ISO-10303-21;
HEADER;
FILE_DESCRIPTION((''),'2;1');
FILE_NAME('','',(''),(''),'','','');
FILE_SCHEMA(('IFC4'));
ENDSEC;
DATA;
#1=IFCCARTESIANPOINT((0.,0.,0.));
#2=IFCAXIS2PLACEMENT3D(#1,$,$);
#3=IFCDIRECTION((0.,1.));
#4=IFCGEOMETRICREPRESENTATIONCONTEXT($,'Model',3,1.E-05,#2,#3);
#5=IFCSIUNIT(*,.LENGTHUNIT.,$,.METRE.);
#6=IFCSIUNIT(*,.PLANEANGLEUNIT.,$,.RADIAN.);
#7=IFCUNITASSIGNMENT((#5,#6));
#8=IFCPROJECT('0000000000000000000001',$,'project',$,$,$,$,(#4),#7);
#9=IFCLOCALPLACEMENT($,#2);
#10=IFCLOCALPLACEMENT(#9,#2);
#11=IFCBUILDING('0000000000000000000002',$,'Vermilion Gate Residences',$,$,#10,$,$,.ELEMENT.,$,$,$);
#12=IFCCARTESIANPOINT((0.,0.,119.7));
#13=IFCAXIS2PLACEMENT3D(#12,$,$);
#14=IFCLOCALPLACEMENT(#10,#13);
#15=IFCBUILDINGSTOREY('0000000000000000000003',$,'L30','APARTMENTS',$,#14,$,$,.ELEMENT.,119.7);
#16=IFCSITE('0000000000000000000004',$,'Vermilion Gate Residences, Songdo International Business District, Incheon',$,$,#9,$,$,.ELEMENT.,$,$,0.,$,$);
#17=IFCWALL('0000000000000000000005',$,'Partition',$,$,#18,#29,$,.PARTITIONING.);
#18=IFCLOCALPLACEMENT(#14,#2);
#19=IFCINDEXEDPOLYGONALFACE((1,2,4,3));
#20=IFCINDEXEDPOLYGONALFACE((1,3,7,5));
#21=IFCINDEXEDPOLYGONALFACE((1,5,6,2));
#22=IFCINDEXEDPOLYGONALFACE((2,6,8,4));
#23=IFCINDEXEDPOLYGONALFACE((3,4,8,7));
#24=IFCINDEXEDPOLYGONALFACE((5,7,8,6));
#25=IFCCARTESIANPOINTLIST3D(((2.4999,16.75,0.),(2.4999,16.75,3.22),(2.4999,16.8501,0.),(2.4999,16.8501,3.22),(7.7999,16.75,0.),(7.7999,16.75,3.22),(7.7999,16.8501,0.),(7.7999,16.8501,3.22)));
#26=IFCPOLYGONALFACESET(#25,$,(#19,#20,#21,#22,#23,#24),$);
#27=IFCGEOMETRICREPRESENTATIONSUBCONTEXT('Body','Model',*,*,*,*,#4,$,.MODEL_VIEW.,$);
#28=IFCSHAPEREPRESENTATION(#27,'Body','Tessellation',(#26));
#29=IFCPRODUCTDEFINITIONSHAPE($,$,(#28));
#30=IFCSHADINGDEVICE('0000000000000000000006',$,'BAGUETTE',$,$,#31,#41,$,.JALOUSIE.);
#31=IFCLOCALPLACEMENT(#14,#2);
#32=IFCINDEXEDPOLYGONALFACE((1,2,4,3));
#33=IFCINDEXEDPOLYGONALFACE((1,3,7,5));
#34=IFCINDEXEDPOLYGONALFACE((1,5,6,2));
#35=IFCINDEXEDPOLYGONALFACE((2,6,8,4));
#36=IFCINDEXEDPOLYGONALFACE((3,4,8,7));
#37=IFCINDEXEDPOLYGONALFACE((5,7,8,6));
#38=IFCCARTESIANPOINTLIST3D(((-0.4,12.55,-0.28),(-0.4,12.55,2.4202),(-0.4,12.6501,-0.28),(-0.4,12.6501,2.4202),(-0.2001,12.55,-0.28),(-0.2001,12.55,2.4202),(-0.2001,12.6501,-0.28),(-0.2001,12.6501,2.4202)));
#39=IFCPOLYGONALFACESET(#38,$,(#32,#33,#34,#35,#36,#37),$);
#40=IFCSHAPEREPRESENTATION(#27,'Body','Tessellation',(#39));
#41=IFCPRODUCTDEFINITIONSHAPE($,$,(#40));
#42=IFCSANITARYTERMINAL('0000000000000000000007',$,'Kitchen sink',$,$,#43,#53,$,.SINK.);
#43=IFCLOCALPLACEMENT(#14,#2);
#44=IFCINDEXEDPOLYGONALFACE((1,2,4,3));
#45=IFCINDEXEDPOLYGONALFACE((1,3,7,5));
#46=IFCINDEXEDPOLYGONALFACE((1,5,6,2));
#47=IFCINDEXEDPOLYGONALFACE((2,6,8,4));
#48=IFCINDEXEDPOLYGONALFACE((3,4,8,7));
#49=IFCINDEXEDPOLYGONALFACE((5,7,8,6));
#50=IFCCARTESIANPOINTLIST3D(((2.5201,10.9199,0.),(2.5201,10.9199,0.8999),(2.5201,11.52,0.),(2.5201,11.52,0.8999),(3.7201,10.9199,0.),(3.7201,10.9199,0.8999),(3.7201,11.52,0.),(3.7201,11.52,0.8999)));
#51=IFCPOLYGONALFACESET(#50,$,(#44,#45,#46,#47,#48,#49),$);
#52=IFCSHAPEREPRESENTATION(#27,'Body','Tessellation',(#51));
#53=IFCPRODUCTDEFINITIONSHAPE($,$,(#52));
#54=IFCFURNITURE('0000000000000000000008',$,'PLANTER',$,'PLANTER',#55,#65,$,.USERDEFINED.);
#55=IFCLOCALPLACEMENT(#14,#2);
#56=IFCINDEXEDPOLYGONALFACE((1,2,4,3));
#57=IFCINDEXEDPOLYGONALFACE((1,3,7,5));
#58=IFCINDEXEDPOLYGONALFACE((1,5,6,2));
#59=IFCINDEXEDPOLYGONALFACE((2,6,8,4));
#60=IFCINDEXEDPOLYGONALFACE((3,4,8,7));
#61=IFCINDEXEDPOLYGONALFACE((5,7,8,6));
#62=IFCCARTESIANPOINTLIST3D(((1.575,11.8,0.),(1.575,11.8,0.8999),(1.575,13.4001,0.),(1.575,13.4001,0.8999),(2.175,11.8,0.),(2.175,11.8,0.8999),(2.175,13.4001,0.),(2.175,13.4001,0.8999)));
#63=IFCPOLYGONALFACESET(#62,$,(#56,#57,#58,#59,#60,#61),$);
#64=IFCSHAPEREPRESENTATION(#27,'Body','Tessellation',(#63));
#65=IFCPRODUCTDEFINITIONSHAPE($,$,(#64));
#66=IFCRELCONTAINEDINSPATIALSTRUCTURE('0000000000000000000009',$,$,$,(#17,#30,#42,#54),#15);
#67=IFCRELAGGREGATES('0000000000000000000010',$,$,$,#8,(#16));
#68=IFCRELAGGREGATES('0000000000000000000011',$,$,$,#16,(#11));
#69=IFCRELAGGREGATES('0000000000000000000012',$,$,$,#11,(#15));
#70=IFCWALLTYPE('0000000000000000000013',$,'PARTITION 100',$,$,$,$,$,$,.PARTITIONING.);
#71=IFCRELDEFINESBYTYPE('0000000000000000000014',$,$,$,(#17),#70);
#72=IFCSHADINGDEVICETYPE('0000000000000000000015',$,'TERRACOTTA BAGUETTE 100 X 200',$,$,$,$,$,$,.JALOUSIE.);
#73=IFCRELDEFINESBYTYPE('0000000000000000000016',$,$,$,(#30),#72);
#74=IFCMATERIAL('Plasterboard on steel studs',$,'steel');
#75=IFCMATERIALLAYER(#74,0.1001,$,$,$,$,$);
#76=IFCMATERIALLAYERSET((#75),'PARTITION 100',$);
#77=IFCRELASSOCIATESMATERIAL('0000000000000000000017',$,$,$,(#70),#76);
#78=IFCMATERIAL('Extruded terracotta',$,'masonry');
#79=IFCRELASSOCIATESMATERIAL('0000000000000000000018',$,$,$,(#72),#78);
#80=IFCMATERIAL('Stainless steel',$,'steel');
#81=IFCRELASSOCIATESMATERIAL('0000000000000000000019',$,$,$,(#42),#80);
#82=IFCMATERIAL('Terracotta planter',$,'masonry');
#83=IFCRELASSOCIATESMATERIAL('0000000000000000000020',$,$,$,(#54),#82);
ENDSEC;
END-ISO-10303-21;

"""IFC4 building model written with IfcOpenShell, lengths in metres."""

from ifc_helpers import new_model, si_unit, direction, frame, frame_2d, origin, origin_2d, place, context, subcontext, project, spatial, rectangle, extrude, material, layer, layer_set, material_profile, profile_set, type_object, element, save


model = new_model("IFC4")

# Units and contexts
model_context = context("Model", 3, precision=1e-05, world=origin(), true_north=direction((0.0, 1.0)))
body_context = subcontext(model_context, "Body", "Model", "MODEL_VIEW")
ifc_project = project(units=[si_unit("LENGTHUNIT", "METRE"), si_unit("PLANEANGLEUNIT", "RADIAN")], contexts=[model_context])

# Site, building, storey
site_placement = place(None, origin())
site = spatial("IfcSite", under=ifc_project, at=site_placement, Name="Vermilion Gate Residences, Songdo International Business District, Incheon", CompositionType="ELEMENT", RefElevation=0.0)
building_placement = place(site_placement, origin())
building = spatial("IfcBuilding", under=site, at=building_placement, Name="Vermilion Gate Residences", CompositionType="ELEMENT")
storey_placement = place(building_placement, frame((0.0, 0.0, 119.7)))
storey = spatial("IfcBuildingStorey", under=building, at=storey_placement, Name="L30", Description="APARTMENTS", CompositionType="ELEMENT", Elevation=119.7)

# Wall
ifc_material_1 = material(Name="Plasterboard on steel studs", Category="steel")
ifc_layer_1 = layer(ifc_material_1, 0.1001)
ifc_layer_set_1 = layer_set([ifc_layer_1], Name="PARTITION 100")
wall_type_1 = type_object("IfcWallType", Name="PARTITION 100", PredefinedType="PARTITIONING", material=ifc_layer_set_1)
wall_1_placement = place(storey_placement, frame((2.5, 16.8, 0.0), z_axis=(0.0, 0.0, 1.0), x_axis=(1.0, 0.0, 0.0)))
element("IfcWall", 1, at=wall_1_placement, inside=storey, type_object=wall_type_1, Name="Partition", PredefinedType="PARTITIONING", context=body_context, shape_type="SweptSolid", body=[
    extrude(rectangle(XDim=5.3, YDim=0.1001, at=frame_2d((2.6499, 0.0))), origin(), (0.0, 0.0, 1.0), 3.22),
])

# Shading device
ifc_material_2 = material(Name="Extruded terracotta", Category="masonry")
ifc_material_profile_1 = material_profile(ifc_material_2, rectangle(XDim=0.2, YDim=0.1001, at=origin_2d()), Name="BAGUETTE 100 X 200")
ifc_profile_set_1 = profile_set([ifc_material_profile_1], Name="Extruded terracotta")
shading_device_type = type_object("IfcShadingDeviceType", Name="TERRACOTTA BAGUETTE 100 X 200", PredefinedType="JALOUSIE", material=ifc_profile_set_1)
shading_device_placement = place(storey_placement, frame((-0.3, 12.6001, -0.28), z_axis=(0.0, 0.0, 1.0), x_axis=(1.0, 0.0, 0.0)))
element("IfcShadingDevice", 2, at=shading_device_placement, inside=storey, type_object=shading_device_type, Name="BAGUETTE", PredefinedType="JALOUSIE", context=body_context, shape_type="SweptSolid", body=[
    extrude(rectangle(XDim=0.2, YDim=0.1001, at=origin_2d()), origin(), (0.0, 0.0, 1.0), 2.7002),
])

# Sanitary terminal
ifc_material_3 = material(Name="Stainless steel", Category="steel")
sanitary_terminal_placement = place(storey_placement, frame((3.1201, 11.22, 0.0), z_axis=(0.0, 0.0, 1.0), x_axis=(1.0, 0.0, 0.0)))
element("IfcSanitaryTerminal", 3, at=sanitary_terminal_placement, inside=storey, material=ifc_material_3, Name="Kitchen sink", PredefinedType="SINK", context=body_context, shape_type="SweptSolid", body=[
    extrude(rectangle(XDim=1.2, YDim=0.6001, at=origin_2d()), origin(), (0.0, 0.0, 1.0), 0.8999),
])

# Furniture
ifc_material_4 = material(Name="Terracotta planter", Category="masonry")
furniture_placement = place(storey_placement, frame((1.875, 12.6001, 0.0), z_axis=(0.0, 0.0, 1.0), x_axis=(0.0, -1.0, 0.0)))
element("IfcFurniture", 4, at=furniture_placement, inside=storey, material=ifc_material_4, Name="PLANTER", ObjectType="PLANTER", PredefinedType="USERDEFINED", context=body_context, shape_type="SweptSolid", body=[
    extrude(rectangle(XDim=1.6001, YDim=0.6001, at=origin_2d()), origin(), (0.0, 0.0, 1.0), 0.8999),
])

save(model, "model.ifc")
